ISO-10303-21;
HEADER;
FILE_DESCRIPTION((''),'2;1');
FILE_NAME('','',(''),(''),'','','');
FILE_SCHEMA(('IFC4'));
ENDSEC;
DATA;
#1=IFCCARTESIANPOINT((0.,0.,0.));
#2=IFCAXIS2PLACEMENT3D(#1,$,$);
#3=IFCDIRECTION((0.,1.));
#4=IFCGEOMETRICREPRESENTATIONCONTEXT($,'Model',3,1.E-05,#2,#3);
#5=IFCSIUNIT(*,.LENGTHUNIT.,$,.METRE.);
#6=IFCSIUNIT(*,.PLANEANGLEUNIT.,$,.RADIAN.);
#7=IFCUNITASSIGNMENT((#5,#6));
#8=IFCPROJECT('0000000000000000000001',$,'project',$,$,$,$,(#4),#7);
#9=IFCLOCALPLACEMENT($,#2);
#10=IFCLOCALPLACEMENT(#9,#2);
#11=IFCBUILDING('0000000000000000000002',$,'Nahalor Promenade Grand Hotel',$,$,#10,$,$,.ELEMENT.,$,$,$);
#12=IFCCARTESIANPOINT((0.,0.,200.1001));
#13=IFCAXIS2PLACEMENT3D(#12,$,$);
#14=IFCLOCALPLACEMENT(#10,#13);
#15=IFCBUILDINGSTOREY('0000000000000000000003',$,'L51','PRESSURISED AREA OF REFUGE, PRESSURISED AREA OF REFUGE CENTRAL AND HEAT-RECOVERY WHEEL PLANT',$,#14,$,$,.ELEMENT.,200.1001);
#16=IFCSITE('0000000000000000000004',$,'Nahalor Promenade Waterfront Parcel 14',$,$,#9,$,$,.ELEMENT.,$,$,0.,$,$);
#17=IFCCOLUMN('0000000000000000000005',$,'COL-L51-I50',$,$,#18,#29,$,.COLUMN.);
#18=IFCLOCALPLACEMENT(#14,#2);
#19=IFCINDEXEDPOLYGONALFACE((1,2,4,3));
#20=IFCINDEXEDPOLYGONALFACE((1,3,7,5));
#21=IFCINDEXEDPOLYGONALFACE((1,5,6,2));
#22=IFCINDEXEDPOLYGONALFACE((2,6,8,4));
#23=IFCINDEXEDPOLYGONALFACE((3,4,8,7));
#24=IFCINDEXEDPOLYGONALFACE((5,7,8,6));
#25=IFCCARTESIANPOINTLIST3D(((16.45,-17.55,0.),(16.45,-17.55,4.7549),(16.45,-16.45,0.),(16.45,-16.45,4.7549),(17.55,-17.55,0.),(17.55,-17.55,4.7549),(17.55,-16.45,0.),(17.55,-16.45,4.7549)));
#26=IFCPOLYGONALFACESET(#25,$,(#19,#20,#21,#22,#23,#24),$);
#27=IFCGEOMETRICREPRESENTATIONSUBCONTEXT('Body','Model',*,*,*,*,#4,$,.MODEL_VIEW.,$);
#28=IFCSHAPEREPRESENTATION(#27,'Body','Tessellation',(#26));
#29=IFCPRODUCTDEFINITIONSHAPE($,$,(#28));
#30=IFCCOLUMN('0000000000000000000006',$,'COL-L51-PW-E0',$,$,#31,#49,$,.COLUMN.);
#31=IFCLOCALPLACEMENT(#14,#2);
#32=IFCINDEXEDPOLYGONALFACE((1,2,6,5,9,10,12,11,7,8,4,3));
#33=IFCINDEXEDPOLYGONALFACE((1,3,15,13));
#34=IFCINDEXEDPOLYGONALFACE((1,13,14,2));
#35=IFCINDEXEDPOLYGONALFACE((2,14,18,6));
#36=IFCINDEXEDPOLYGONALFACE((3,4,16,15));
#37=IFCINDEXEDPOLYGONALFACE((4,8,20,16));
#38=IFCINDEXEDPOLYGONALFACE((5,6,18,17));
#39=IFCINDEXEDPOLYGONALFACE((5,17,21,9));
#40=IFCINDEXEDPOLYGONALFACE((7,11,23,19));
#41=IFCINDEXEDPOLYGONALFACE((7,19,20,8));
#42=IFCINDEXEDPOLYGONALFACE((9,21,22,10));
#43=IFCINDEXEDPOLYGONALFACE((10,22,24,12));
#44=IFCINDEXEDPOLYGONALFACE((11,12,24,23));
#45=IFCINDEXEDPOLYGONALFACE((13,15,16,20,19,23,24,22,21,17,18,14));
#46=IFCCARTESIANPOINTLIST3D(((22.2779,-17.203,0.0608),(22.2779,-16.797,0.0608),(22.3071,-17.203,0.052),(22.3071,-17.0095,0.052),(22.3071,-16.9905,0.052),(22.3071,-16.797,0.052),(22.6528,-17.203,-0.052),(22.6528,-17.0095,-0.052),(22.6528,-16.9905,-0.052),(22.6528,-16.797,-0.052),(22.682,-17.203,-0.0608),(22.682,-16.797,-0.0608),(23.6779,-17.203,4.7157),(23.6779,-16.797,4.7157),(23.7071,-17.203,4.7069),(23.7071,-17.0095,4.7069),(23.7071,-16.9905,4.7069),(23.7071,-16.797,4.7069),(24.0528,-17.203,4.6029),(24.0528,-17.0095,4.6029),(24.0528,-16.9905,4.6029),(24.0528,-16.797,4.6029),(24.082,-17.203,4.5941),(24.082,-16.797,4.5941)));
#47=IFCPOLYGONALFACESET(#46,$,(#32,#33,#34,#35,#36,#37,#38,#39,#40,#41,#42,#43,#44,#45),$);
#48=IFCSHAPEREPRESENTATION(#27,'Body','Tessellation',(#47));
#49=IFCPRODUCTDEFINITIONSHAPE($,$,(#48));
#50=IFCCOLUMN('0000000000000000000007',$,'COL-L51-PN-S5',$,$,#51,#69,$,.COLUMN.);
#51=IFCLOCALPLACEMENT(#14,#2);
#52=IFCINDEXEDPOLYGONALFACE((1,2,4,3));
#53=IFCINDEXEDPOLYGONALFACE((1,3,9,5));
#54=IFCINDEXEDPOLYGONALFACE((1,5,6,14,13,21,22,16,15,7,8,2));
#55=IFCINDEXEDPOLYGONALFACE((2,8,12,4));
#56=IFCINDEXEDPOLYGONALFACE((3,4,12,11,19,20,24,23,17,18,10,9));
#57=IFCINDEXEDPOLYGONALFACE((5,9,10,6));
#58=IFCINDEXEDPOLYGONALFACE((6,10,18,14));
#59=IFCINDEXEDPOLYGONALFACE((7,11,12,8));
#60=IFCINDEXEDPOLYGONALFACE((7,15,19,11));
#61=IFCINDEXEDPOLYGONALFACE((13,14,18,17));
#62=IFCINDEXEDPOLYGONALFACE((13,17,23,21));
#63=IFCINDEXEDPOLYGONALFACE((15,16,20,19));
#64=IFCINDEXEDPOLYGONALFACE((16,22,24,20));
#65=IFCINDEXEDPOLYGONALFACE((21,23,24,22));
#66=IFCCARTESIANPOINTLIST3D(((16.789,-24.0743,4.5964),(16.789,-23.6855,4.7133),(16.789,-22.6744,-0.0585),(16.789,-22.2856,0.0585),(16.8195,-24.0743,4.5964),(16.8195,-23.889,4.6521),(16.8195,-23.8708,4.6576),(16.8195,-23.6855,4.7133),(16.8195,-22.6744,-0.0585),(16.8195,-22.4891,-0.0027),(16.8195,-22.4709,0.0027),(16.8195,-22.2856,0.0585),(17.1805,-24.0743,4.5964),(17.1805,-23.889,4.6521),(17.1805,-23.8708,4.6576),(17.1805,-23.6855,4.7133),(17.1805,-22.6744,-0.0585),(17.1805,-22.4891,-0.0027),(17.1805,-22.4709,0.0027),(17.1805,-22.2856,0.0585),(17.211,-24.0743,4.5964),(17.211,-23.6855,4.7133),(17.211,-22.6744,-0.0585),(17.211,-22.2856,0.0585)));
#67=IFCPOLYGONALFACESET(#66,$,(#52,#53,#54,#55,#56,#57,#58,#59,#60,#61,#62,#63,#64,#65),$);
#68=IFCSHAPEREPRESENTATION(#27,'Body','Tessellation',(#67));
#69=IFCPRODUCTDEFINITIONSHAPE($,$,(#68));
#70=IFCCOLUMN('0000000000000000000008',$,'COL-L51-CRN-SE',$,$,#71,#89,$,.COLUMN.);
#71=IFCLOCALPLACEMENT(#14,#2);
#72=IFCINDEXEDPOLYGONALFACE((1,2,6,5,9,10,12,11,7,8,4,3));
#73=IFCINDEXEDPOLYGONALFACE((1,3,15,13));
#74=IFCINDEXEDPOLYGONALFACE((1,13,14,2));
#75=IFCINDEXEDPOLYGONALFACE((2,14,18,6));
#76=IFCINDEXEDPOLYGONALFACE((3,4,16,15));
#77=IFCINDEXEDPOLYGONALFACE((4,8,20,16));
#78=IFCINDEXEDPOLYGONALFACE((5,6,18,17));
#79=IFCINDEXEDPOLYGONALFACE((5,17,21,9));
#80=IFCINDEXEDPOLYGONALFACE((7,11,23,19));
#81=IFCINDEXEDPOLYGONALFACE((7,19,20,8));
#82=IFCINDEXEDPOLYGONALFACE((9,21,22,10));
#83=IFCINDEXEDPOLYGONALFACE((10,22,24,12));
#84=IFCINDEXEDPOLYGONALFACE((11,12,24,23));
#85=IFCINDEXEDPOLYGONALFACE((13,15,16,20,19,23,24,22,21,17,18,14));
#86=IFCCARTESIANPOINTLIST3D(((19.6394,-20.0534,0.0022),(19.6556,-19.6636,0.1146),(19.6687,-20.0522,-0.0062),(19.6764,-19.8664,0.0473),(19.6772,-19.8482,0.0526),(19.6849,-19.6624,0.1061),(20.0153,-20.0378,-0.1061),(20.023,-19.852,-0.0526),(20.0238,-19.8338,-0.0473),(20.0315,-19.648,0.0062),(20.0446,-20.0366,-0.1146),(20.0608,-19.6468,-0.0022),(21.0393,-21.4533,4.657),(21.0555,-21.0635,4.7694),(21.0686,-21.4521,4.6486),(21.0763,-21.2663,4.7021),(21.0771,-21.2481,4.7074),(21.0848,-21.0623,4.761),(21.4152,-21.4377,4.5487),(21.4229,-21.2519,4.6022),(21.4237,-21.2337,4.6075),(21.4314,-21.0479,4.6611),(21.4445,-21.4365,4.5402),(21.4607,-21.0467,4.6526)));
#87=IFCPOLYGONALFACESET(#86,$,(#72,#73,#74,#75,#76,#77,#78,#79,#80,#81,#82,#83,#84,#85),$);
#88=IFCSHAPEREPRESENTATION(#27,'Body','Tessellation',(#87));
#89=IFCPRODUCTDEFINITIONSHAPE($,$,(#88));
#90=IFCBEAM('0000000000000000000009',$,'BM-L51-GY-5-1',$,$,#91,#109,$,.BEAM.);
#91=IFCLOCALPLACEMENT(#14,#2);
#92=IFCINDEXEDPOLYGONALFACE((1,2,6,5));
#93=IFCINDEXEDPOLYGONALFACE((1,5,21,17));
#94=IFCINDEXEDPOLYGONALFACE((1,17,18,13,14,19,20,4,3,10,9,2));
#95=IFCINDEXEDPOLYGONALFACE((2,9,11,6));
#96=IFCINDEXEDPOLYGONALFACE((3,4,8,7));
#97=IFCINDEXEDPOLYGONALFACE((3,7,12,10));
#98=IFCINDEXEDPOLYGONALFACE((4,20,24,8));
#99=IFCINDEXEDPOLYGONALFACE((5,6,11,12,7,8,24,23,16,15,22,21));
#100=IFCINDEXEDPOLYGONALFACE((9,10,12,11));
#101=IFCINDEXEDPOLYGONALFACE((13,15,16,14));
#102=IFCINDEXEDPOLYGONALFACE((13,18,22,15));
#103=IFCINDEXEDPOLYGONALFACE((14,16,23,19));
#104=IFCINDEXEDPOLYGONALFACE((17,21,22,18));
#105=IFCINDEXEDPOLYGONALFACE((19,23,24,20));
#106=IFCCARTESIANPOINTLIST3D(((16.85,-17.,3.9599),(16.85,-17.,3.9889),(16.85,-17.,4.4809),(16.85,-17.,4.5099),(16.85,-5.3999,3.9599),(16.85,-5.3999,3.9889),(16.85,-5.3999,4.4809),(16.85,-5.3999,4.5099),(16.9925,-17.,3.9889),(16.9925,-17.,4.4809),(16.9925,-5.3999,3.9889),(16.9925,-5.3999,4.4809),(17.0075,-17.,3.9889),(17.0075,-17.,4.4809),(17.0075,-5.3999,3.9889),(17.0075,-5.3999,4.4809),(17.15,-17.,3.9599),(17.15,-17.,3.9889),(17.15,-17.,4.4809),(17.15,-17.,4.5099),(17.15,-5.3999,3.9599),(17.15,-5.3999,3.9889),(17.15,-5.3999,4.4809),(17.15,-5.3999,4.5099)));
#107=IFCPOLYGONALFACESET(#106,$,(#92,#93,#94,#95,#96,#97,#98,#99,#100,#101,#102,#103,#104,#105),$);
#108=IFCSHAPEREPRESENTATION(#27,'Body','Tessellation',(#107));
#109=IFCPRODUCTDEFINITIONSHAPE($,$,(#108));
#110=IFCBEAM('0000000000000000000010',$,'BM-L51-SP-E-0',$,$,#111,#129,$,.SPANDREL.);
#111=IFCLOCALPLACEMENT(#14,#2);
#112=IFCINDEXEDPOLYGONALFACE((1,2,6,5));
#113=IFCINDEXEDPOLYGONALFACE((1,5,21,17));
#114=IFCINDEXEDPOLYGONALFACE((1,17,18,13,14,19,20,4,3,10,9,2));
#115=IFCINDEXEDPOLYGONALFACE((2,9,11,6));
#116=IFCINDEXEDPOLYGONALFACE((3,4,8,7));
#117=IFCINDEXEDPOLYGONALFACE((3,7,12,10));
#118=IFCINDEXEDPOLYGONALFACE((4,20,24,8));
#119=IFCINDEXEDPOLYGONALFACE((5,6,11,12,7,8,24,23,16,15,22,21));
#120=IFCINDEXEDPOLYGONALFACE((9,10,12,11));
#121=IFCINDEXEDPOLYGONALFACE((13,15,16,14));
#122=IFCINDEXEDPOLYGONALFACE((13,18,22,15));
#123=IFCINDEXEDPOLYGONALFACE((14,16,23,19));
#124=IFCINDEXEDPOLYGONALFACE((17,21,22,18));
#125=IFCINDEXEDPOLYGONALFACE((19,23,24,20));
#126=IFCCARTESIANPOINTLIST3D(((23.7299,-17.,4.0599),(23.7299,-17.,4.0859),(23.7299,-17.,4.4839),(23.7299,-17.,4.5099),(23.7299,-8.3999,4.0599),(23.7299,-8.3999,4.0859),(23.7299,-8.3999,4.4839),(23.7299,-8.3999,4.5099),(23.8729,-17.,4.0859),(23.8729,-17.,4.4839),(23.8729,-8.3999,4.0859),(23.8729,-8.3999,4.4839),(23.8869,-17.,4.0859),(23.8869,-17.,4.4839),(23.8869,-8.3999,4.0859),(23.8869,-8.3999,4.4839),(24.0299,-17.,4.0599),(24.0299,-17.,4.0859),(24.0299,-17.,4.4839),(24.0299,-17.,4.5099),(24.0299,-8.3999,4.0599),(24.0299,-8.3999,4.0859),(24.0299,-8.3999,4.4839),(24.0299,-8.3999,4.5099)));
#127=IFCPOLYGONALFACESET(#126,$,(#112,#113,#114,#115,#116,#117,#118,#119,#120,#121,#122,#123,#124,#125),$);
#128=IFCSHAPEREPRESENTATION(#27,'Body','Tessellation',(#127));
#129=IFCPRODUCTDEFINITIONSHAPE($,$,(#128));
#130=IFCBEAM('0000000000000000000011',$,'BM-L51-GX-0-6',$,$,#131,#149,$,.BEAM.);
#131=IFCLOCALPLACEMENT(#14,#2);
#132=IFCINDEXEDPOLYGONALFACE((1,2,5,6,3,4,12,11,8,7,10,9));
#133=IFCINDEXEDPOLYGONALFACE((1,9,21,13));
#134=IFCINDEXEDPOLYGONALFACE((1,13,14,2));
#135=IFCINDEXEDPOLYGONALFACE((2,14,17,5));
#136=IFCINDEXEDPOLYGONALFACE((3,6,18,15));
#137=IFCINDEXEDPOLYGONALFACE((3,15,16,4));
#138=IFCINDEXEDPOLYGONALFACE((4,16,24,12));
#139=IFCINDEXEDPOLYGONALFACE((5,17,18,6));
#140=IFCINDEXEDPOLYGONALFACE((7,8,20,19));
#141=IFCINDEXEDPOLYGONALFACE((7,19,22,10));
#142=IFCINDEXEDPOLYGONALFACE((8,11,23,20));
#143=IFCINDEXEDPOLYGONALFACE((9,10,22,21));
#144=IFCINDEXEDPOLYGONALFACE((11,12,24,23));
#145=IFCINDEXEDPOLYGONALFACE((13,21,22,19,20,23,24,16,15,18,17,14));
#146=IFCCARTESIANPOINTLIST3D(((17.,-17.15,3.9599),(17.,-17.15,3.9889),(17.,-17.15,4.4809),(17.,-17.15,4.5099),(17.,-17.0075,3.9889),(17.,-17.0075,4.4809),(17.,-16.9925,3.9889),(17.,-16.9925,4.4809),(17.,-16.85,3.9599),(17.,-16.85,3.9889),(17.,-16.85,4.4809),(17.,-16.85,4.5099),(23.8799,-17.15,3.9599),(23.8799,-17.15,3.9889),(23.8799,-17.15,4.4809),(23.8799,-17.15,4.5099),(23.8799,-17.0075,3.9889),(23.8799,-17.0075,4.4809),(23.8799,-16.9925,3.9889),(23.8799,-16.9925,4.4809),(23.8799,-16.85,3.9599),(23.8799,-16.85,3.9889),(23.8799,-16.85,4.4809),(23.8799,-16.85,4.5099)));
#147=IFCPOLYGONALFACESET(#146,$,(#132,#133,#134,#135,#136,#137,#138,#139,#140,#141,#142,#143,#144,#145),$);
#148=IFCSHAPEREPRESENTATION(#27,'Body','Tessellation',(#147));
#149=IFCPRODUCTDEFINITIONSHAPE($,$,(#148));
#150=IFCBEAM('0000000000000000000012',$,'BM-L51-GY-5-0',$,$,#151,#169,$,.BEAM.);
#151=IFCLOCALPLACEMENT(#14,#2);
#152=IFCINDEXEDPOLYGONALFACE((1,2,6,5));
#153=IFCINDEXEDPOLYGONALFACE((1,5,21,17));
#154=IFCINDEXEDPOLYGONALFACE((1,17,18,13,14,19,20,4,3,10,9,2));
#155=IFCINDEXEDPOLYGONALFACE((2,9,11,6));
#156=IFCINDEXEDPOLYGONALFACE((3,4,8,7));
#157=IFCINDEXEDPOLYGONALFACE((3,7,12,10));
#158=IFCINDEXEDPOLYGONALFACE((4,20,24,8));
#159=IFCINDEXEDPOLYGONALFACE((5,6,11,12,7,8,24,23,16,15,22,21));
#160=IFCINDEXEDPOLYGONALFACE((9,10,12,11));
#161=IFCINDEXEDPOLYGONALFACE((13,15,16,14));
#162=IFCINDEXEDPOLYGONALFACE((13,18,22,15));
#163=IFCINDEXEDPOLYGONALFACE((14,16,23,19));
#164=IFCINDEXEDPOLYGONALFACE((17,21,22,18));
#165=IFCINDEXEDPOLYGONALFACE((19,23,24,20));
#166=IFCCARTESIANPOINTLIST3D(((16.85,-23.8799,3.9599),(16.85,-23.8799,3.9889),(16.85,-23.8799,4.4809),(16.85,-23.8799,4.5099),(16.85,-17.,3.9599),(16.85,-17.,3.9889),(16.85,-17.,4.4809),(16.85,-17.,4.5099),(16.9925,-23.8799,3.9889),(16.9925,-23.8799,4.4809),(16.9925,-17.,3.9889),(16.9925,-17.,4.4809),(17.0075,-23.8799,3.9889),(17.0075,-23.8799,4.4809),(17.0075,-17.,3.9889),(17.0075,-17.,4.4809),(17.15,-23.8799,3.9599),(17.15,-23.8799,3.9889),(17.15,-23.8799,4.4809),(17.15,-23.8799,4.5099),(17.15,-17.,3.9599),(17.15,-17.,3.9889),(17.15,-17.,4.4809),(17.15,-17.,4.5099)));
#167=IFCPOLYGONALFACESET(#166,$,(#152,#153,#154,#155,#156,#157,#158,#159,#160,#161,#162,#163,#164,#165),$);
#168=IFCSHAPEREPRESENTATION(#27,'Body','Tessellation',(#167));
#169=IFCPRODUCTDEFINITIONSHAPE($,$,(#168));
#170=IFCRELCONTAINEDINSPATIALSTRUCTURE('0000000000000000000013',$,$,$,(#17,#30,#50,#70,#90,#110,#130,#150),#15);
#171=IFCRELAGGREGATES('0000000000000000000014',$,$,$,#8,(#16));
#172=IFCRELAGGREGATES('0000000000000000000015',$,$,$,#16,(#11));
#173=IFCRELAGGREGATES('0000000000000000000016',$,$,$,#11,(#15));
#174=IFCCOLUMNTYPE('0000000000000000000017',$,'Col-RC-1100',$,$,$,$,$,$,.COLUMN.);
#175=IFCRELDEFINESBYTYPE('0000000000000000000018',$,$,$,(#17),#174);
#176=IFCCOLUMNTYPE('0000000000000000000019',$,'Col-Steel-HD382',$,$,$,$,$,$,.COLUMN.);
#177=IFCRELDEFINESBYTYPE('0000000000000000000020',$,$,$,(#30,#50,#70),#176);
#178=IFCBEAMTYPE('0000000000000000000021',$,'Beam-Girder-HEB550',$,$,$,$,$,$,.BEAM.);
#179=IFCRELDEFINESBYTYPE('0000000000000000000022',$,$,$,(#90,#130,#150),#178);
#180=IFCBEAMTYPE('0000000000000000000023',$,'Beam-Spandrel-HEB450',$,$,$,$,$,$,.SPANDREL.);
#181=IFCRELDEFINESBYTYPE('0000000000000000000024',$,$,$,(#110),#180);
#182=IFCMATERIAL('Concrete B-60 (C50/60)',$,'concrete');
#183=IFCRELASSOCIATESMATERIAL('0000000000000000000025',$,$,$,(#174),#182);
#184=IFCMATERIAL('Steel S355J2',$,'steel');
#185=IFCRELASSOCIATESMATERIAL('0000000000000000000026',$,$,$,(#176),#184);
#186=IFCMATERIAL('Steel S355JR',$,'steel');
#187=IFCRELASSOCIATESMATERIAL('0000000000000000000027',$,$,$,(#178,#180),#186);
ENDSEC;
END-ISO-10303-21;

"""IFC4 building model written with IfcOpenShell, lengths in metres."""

from ifc_helpers import new_model, si_unit, direction, frame, origin, origin_2d, place, context, subcontext, project, spatial, rectangle, i_section, extrude, source, transform, mapped, material, material_profile, profile_set, type_object, element, save


model = new_model("IFC4")

# Units and contexts
model_context = context("Model", 3, precision=1e-05, world=origin(), true_north=direction((0.0, 1.0)))
body_context = subcontext(model_context, "Body", "Model", "MODEL_VIEW")
ifc_project = project(units=[si_unit("LENGTHUNIT", "METRE"), si_unit("PLANEANGLEUNIT", "RADIAN")], contexts=[model_context])

# Site, building, storey
site_placement = place(None, origin())
site = spatial("IfcSite", under=ifc_project, at=site_placement, Name="Nahalor Promenade Waterfront Parcel 14", CompositionType="ELEMENT", RefElevation=0.0)
building_placement = place(site_placement, origin())
building = spatial("IfcBuilding", under=site, at=building_placement, Name="Nahalor Promenade Grand Hotel", CompositionType="ELEMENT")
storey_placement = place(building_placement, frame((0.0, 0.0, 200.1001)))
storey = spatial("IfcBuildingStorey", under=building, at=storey_placement, Name="L51", Description="PRESSURISED AREA OF REFUGE, PRESSURISED AREA OF REFUGE CENTRAL AND HEAT-RECOVERY WHEEL PLANT", CompositionType="ELEMENT", Elevation=200.1001)

# Columns
ifc_material_1 = material(Name="Concrete B-60 (C50/60)", Category="concrete")
ifc_material_profile_1 = material_profile(ifc_material_1, rectangle(XDim=1.1, YDim=1.1, at=origin_2d()), Name="RC 1100x1100")
ifc_profile_set_1 = profile_set([ifc_material_profile_1], Name="Concrete B-60 (C50/60)")
column_type_1 = type_object("IfcColumnType", Name="Col-RC-1100", PredefinedType="COLUMN", material=ifc_profile_set_1)
shared_shape_1 = source(origin(), body_context, "Body", "SweptSolid", [
    extrude(rectangle(XDim=1.1, YDim=1.1, at=origin_2d()), origin(), (0.0, 0.0, 1.0), 4.7549),
])
column_1_placement = place(storey_placement, frame((17.0, -17.0, 0.0), z_axis=(0.0, 0.0, 1.0), x_axis=(1.0, 0.0, 0.0)))
element("IfcColumn", 1, at=column_1_placement, inside=storey, type_object=column_type_1, Name="COL-L51-I50", PredefinedType="COLUMN", context=body_context, shape_type="MappedRepresentation", body=[
    mapped(shared_shape_1, transform((0.0, 0.0, 0.0), scale=1.0)),
])
ifc_material_2 = material(Name="Steel S355J2", Category="steel")
ifc_material_profile_2 = material_profile(ifc_material_2, i_section(OverallWidth=0.406, OverallDepth=0.422, WebThickness=0.019, FlangeThickness=0.0305, at=origin_2d()), Name="HD 400x382")
ifc_profile_set_2 = profile_set([ifc_material_profile_2], Name="Steel S355J2")
column_type_2 = type_object("IfcColumnType", Name="Col-Steel-HD382", PredefinedType="COLUMN", material=ifc_profile_set_2)
shared_shape_2 = source(origin(), body_context, "Body", "SweptSolid", [
    extrude(i_section(OverallWidth=0.406, OverallDepth=0.422, WebThickness=0.019, FlangeThickness=0.0305, at=origin_2d()), origin(), (0.0, 0.0, 1.0), 4.8608),
])
for number, where, z_axis, x_axis, name in (
    (2, (22.48, -17.0, 0.0), (0.288002, 0.0, 0.95763), (0.0, 1.0, 0.0), "COL-L51-PW-E0"),
    (3, (17.0, -22.48, 0.0), (0.0, -0.288002, 0.95763), (0.0, 0.95763, 0.288002), "COL-L51-PN-S5"),
):
    element("IfcColumn", number, at=place(storey_placement, frame(where, z_axis=z_axis, x_axis=x_axis)), inside=storey, type_object=column_type_2, Name=name, PredefinedType="COLUMN", context=body_context, shape_type="MappedRepresentation", body=[
        mapped(shared_shape_2, transform((0.0, 0.0, 0.0), scale=1.0)),
    ])
shared_shape_3 = source(origin(), body_context, "Body", "SweptSolid", [
    extrude(i_section(OverallWidth=0.406, OverallDepth=0.422, WebThickness=0.019, FlangeThickness=0.0305, at=origin_2d()), origin(), (0.0, 0.0, 1.0), 5.0583),
])
column_2_placement = place(storey_placement, frame((19.8501, -19.8501, 0.0), z_axis=(0.276753, -0.276753, 0.920226), x_axis=(0.039887, 0.960113, 0.276753)))
element("IfcColumn", 4, at=column_2_placement, inside=storey, type_object=column_type_2, Name="COL-L51-CRN-SE", PredefinedType="COLUMN", context=body_context, shape_type="MappedRepresentation", body=[
    mapped(shared_shape_3, transform((0.0, 0.0, 0.0), scale=1.0)),
])

# Beams
ifc_material_3 = material(Name="Steel S355JR", Category="steel")
ifc_material_profile_3 = material_profile(ifc_material_3, i_section(OverallWidth=0.3, OverallDepth=0.55, WebThickness=0.015, FlangeThickness=0.029, at=origin_2d()), Name="HEB 550")
ifc_profile_set_3 = profile_set([ifc_material_profile_3], Name="Steel S355JR")
beam_type_1 = type_object("IfcBeamType", Name="Beam-Girder-HEB550", PredefinedType="BEAM", material=ifc_profile_set_3)
shared_shape_4 = source(origin(), body_context, "Body", "SweptSolid", [
    extrude(i_section(OverallWidth=0.3, OverallDepth=0.55, WebThickness=0.015, FlangeThickness=0.029, at=origin_2d()), origin(), (0.0, 0.0, 1.0), 11.6001),
])
beam_1_placement = place(storey_placement, frame((17.0, -17.0, 4.2349), z_axis=(0.0, 1.0, 0.0), x_axis=(-1.0, 0.0, 0.0)))
element("IfcBeam", 5, at=beam_1_placement, inside=storey, type_object=beam_type_1, Name="BM-L51-GY-5-1", PredefinedType="BEAM", context=body_context, shape_type="MappedRepresentation", body=[
    mapped(shared_shape_4, transform((0.0, 0.0, 0.0), scale=1.0)),
])
ifc_material_profile_4 = material_profile(ifc_material_3, i_section(OverallWidth=0.3, OverallDepth=0.45, WebThickness=0.014, FlangeThickness=0.026, at=origin_2d()), Name="HEB 450")
ifc_profile_set_4 = profile_set([ifc_material_profile_4], Name="Steel S355JR")
beam_type_2 = type_object("IfcBeamType", Name="Beam-Spandrel-HEB450", PredefinedType="SPANDREL", material=ifc_profile_set_4)
shared_shape_5 = source(origin(), body_context, "Body", "SweptSolid", [
    extrude(i_section(OverallWidth=0.3, OverallDepth=0.45, WebThickness=0.014, FlangeThickness=0.026, at=origin_2d()), origin(), (0.0, 0.0, 1.0), 8.6001),
])
beam_2_placement = place(storey_placement, frame((23.8799, -17.0, 4.2849), z_axis=(0.0, 1.0, 0.0), x_axis=(-1.0, 0.0, 0.0)))
element("IfcBeam", 6, at=beam_2_placement, inside=storey, type_object=beam_type_2, Name="BM-L51-SP-E-0", PredefinedType="SPANDREL", context=body_context, shape_type="MappedRepresentation", body=[
    mapped(shared_shape_5, transform((0.0, 0.0, 0.0), scale=1.0)),
])
shared_shape_6 = source(origin(), body_context, "Body", "SweptSolid", [
    extrude(i_section(OverallWidth=0.3, OverallDepth=0.55, WebThickness=0.015, FlangeThickness=0.029, at=origin_2d()), origin(), (0.0, 0.0, 1.0), 6.8799),
])
for number, where, z_axis, x_axis, name in (
    (7, (17.0, -17.0, 4.2349), (1.0, 0.0, 0.0), (0.0, 1.0, 0.0), "BM-L51-GX-0-6"),
    (8, (17.0, -23.8799, 4.2349), (0.0, 1.0, 0.0), (-1.0, 0.0, 0.0), "BM-L51-GY-5-0"),
):
    element("IfcBeam", number, at=place(storey_placement, frame(where, z_axis=z_axis, x_axis=x_axis)), inside=storey, type_object=beam_type_1, Name=name, PredefinedType="BEAM", context=body_context, shape_type="MappedRepresentation", body=[
        mapped(shared_shape_6, transform((0.0, 0.0, 0.0), scale=1.0)),
    ])

save(model, "model.ifc")
